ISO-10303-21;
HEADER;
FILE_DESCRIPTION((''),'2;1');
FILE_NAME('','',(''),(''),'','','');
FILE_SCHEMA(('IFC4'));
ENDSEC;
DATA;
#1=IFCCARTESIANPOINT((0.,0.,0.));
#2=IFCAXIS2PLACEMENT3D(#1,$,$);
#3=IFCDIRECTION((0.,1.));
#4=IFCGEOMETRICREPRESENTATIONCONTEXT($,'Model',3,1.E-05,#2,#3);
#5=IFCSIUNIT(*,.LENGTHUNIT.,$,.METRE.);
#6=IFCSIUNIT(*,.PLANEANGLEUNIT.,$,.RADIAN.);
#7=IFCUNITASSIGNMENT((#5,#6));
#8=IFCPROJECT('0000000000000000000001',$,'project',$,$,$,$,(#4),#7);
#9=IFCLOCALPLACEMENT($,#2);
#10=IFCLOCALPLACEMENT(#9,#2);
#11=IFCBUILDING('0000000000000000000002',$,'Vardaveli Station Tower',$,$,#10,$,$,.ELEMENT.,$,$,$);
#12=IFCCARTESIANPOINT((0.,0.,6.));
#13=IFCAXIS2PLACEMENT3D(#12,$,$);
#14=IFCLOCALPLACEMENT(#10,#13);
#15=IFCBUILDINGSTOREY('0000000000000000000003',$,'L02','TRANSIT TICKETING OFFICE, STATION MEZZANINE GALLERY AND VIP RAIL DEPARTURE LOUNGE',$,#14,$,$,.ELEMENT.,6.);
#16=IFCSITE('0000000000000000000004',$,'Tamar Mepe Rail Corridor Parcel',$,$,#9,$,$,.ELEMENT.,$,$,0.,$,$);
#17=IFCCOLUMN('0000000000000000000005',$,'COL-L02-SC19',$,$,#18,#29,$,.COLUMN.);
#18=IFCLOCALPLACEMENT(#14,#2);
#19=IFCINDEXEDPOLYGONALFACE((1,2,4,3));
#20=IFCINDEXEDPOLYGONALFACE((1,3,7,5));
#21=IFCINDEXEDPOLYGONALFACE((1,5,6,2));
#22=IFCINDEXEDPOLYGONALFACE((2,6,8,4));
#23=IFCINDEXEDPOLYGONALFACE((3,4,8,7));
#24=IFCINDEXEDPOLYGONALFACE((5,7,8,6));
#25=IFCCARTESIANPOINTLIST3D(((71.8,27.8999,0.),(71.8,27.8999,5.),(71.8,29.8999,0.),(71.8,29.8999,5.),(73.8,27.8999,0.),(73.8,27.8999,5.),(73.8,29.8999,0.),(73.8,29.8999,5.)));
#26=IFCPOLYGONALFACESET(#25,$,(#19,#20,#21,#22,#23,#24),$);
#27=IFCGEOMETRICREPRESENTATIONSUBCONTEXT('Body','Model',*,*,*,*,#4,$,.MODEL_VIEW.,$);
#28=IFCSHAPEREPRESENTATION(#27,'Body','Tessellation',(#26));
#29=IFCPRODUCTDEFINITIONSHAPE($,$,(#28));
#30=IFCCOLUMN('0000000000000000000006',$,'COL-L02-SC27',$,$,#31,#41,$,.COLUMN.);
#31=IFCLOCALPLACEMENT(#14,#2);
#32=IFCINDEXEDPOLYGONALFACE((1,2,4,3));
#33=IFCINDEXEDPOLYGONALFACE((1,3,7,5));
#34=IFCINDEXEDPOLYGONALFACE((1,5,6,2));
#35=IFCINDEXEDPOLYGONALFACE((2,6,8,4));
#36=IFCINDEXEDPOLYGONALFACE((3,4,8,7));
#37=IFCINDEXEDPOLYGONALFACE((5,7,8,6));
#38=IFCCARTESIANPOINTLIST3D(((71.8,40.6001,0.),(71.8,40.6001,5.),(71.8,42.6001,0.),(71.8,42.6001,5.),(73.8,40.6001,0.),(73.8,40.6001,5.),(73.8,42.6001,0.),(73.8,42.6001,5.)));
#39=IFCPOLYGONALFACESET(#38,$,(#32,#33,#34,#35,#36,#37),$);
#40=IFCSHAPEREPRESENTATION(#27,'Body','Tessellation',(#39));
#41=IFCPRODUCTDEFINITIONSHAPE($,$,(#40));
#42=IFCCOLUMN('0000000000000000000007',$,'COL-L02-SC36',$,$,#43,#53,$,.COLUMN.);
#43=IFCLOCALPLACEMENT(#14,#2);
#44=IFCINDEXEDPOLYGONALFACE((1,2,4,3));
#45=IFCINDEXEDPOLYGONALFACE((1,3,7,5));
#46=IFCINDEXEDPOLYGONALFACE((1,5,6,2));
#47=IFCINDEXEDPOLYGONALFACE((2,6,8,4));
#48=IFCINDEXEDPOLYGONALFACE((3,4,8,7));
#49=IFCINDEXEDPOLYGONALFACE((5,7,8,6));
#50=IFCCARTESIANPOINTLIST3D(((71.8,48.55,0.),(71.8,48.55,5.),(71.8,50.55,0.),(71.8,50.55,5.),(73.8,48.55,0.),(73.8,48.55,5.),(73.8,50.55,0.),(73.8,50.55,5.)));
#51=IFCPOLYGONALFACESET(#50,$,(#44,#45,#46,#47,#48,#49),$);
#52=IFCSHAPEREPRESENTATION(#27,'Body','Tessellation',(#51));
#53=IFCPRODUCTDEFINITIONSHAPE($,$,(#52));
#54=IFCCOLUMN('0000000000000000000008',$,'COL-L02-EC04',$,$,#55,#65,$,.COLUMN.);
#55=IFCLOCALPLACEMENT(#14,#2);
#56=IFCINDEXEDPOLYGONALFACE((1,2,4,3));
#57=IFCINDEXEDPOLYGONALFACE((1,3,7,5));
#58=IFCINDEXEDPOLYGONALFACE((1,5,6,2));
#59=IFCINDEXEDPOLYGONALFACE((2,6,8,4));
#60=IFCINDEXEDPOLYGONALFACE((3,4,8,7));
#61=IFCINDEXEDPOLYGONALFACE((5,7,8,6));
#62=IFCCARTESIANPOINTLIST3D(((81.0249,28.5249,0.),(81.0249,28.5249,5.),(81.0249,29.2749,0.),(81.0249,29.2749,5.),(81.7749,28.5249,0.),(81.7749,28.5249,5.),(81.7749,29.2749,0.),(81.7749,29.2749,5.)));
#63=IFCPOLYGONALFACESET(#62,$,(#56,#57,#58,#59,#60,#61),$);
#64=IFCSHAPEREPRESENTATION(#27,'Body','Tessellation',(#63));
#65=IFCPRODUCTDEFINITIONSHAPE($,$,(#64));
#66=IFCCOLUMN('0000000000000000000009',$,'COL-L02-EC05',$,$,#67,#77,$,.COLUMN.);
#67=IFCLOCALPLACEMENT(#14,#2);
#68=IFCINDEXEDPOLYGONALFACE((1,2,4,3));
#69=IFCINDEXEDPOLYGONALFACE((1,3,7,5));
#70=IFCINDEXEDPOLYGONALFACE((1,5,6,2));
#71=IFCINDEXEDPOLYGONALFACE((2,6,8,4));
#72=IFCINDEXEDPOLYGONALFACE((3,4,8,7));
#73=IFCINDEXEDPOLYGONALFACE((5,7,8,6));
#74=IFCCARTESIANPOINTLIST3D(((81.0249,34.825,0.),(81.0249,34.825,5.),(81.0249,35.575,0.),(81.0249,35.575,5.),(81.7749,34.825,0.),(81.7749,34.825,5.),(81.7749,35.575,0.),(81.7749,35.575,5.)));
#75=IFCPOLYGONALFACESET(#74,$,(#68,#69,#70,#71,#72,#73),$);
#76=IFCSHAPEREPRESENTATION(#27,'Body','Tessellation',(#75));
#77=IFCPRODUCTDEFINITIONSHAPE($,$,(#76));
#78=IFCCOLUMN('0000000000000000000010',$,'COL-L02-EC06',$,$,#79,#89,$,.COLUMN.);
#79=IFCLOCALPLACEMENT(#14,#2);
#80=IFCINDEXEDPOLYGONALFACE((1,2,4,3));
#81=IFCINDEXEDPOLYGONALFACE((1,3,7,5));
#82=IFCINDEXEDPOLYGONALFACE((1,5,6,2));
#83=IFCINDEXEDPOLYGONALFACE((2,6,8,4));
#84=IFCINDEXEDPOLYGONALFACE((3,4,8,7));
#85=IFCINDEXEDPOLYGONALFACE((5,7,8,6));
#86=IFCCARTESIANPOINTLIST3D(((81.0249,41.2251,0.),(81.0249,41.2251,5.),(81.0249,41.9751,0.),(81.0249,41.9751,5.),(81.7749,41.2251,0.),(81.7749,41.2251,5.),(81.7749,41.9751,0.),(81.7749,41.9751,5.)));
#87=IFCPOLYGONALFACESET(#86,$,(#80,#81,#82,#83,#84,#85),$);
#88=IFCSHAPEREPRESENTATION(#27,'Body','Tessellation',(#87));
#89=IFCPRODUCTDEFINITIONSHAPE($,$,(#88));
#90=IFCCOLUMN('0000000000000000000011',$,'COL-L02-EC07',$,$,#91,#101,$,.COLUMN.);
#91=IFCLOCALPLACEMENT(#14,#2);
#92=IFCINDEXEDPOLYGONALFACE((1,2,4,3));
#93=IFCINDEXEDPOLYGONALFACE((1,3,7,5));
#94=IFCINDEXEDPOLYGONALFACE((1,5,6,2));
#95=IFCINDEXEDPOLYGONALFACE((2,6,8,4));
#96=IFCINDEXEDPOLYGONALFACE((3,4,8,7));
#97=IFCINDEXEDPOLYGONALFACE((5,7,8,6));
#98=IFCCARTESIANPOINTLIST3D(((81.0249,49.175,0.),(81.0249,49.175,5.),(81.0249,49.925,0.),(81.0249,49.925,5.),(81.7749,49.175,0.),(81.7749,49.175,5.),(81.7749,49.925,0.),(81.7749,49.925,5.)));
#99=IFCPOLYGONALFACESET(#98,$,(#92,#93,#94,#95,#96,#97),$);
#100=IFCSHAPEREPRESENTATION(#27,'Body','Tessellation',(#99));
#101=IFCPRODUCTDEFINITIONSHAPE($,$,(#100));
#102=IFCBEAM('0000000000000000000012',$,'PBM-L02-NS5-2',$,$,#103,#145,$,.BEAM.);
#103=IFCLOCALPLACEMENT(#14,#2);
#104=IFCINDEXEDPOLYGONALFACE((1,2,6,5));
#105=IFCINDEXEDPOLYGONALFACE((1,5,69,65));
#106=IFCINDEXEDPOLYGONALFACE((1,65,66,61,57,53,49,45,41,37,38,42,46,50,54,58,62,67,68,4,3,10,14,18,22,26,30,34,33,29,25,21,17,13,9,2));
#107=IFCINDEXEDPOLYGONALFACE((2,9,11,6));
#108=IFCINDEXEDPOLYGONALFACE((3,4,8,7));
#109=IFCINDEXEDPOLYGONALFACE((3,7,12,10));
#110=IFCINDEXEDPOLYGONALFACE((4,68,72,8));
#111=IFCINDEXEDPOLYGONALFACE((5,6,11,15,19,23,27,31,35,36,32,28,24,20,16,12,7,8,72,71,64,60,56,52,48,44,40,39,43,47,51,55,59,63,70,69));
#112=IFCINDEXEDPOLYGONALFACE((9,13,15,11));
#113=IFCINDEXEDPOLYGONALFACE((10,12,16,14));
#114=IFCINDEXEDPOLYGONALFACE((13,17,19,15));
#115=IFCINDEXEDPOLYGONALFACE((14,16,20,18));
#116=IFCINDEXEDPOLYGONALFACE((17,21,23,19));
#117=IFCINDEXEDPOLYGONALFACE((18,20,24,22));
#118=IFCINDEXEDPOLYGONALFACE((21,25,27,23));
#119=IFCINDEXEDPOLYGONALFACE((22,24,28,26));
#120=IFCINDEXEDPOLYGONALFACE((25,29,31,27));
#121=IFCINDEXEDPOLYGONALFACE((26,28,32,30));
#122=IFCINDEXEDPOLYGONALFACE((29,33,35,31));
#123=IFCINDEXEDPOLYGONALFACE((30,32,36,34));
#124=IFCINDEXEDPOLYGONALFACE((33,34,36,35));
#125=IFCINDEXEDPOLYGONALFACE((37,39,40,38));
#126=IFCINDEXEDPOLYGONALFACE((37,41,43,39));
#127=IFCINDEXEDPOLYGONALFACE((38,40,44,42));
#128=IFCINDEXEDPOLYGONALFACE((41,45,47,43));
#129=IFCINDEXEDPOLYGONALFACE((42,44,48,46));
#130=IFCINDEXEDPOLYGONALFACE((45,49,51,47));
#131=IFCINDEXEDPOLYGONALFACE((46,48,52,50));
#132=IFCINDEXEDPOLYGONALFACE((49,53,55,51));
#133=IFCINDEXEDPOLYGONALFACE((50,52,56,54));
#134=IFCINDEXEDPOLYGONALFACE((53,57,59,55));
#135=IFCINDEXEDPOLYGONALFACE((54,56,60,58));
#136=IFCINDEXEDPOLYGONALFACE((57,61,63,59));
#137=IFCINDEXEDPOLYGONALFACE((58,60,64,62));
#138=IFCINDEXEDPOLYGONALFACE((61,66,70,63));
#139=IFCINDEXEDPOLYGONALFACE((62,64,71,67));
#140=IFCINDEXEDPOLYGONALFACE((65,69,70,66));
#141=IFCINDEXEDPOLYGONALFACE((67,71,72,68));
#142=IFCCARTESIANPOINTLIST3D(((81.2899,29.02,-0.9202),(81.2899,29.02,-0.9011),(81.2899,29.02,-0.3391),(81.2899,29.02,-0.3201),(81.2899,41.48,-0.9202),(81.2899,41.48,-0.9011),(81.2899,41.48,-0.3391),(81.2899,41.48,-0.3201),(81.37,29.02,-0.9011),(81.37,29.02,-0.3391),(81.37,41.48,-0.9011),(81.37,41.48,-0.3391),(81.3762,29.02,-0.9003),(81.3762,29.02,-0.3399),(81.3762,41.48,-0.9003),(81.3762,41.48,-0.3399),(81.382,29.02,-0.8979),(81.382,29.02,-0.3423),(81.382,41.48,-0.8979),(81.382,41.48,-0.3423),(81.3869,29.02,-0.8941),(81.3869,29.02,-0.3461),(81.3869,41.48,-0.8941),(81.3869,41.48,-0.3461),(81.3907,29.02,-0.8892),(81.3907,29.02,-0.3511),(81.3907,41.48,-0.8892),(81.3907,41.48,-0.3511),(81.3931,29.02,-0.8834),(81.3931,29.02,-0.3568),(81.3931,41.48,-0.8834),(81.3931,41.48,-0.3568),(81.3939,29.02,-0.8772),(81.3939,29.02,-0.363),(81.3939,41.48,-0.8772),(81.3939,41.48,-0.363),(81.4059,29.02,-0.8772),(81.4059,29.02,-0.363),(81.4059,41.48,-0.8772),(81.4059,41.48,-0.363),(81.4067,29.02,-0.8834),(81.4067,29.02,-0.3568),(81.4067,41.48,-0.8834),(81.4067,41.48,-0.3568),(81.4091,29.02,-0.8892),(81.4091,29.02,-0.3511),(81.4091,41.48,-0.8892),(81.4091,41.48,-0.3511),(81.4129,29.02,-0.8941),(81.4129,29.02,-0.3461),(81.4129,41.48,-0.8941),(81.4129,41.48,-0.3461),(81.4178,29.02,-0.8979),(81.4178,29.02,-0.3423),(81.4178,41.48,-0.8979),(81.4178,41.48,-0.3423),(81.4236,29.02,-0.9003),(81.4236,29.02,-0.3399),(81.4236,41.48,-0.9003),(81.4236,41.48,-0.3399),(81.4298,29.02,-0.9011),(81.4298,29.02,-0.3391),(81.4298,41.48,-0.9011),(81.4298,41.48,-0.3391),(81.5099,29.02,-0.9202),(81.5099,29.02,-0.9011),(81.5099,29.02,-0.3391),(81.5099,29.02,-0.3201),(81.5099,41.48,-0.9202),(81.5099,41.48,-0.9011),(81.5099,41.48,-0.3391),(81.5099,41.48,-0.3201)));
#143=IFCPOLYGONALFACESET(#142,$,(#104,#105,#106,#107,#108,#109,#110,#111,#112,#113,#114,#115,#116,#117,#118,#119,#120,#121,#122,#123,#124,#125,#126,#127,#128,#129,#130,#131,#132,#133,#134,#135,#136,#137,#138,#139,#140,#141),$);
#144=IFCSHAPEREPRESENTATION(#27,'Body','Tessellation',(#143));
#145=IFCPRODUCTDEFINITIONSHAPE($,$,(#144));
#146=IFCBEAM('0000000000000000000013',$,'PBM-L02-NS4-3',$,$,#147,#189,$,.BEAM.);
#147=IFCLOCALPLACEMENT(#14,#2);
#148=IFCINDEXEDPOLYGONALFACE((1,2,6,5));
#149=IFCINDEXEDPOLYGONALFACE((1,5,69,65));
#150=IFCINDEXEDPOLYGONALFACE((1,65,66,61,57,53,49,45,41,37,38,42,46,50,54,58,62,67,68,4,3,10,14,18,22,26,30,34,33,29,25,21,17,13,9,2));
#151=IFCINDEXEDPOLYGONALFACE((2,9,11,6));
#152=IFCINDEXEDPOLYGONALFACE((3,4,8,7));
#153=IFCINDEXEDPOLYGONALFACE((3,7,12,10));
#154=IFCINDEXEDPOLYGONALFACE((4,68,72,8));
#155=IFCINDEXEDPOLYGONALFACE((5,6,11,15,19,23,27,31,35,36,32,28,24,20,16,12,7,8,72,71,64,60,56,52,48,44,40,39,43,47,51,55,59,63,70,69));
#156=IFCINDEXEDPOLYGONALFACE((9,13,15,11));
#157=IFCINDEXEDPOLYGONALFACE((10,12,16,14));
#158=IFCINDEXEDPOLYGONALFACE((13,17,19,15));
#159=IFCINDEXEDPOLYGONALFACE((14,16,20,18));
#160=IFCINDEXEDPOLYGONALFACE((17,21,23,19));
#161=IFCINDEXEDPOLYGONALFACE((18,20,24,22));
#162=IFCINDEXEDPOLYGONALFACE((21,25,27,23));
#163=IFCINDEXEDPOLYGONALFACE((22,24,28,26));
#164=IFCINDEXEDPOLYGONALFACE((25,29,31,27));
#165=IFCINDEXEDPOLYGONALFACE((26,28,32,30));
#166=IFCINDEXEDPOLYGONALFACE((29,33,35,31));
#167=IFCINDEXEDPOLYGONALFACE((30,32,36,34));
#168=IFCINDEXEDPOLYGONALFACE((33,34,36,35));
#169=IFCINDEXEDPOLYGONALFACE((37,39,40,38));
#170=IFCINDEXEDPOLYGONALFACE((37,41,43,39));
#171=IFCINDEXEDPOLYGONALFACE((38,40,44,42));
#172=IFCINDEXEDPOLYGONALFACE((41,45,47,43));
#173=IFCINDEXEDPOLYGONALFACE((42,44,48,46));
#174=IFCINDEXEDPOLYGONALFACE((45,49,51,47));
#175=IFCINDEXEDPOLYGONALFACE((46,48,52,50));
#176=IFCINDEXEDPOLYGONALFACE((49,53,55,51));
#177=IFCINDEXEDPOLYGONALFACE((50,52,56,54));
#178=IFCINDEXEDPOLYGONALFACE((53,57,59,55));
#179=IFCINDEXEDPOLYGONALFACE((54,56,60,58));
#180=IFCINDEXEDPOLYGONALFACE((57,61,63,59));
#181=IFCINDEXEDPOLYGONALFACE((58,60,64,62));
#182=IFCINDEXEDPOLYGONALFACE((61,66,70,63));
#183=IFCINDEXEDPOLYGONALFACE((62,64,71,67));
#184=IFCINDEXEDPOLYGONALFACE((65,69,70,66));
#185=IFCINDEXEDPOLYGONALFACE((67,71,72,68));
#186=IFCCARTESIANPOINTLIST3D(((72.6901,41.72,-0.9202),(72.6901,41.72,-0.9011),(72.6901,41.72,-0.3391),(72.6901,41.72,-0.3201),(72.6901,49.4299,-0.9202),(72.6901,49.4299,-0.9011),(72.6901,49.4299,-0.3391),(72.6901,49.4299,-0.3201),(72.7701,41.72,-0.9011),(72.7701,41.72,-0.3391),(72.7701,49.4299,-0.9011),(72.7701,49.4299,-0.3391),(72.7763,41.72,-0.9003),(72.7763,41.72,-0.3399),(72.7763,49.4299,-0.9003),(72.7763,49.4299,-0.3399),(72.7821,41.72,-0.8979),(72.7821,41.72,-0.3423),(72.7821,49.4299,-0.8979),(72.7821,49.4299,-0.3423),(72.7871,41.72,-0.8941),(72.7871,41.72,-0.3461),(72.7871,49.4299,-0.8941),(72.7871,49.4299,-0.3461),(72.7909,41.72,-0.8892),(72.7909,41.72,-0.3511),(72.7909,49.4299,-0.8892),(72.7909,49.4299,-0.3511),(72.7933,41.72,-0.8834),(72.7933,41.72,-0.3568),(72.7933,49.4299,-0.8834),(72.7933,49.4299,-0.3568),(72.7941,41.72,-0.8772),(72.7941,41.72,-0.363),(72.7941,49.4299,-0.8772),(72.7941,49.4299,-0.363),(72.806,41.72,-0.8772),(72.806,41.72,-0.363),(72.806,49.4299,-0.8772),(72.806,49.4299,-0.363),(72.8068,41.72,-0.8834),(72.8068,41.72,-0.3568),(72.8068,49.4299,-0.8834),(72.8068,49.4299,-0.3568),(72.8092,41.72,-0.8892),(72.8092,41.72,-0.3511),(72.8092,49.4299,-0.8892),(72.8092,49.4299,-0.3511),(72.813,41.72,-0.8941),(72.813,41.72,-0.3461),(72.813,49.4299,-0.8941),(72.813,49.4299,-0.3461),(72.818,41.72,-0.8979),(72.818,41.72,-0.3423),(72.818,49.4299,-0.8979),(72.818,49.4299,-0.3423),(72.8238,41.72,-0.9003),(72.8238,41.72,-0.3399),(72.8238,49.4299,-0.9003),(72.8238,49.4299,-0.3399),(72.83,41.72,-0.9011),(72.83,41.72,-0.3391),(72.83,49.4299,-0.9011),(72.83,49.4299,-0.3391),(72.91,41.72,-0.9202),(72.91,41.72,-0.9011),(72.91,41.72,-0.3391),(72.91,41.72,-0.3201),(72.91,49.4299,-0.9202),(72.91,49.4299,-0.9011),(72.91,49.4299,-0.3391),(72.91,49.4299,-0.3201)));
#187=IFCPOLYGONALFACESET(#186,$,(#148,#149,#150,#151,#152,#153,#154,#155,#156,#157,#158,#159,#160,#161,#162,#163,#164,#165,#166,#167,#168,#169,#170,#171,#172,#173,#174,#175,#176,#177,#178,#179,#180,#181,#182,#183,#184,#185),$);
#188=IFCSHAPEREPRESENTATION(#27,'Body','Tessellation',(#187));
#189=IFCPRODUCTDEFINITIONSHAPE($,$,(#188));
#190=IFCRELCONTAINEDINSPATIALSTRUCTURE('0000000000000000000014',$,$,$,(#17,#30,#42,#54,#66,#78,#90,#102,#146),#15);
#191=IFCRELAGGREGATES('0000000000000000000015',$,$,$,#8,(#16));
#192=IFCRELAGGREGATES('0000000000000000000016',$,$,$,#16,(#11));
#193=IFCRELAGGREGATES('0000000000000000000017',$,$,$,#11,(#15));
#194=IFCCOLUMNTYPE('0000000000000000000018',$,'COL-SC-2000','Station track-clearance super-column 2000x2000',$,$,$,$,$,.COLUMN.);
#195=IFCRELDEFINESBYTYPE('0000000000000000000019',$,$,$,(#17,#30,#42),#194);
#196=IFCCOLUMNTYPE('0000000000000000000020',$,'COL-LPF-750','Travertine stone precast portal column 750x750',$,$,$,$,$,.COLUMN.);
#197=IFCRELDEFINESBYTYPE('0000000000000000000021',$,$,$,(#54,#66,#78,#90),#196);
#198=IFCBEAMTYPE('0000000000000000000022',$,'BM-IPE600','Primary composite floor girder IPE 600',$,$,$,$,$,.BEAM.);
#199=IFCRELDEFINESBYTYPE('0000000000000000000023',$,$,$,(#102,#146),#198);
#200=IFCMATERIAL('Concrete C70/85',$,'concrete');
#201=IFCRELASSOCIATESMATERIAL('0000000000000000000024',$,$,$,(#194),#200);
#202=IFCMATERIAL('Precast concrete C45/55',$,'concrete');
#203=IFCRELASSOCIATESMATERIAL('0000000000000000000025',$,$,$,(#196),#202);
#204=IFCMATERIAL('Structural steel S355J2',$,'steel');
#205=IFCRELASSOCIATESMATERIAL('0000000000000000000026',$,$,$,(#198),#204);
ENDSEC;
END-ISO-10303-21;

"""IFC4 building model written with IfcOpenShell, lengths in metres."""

from ifc_helpers import new_model, si_unit, direction, frame, origin, origin_2d, place, context, subcontext, project, spatial, rectangle, i_section, extrude, source, transform, mapped, material, material_profile, profile_set, type_object, element, save


model = new_model("IFC4")

# Units and contexts
model_context = context("Model", 3, precision=1e-05, world=origin(), true_north=direction((0.0, 1.0)))
body_context = subcontext(model_context, "Body", "Model", "MODEL_VIEW")
ifc_project = project(units=[si_unit("LENGTHUNIT", "METRE"), si_unit("PLANEANGLEUNIT", "RADIAN")], contexts=[model_context])

# Site, building, storey
site_placement = place(None, origin())
site = spatial("IfcSite", under=ifc_project, at=site_placement, Name="Tamar Mepe Rail Corridor Parcel", CompositionType="ELEMENT", RefElevation=0.0)
building_placement = place(site_placement, origin())
building = spatial("IfcBuilding", under=site, at=building_placement, Name="Vardaveli Station Tower", CompositionType="ELEMENT")
storey_placement = place(building_placement, frame((0.0, 0.0, 6.0)))
storey = spatial("IfcBuildingStorey", under=building, at=storey_placement, Name="L02", Description="TRANSIT TICKETING OFFICE, STATION MEZZANINE GALLERY AND VIP RAIL DEPARTURE LOUNGE", CompositionType="ELEMENT", Elevation=6.0)

# Columns
ifc_material_1 = material(Name="Concrete C70/85", Category="concrete")
ifc_material_profile_1 = material_profile(ifc_material_1, rectangle(XDim=2.0, YDim=2.0, at=origin_2d()), Name="SC 2000x2000")
ifc_profile_set_1 = profile_set([ifc_material_profile_1], Name="Concrete C70/85")
column_type_1 = type_object("IfcColumnType", Name="COL-SC-2000", Description="Station track-clearance super-column 2000x2000", PredefinedType="COLUMN", material=ifc_profile_set_1)
shared_shape_1 = source(origin(), body_context, "Body", "SweptSolid", [
    extrude(rectangle(XDim=2.0, YDim=2.0, at=origin_2d()), origin(), (0.0, 0.0, 1.0), 5.0),
])
for number, where, z_axis, x_axis, name in (
    (1, (72.8, 28.8999, 0.0), (0.0, 0.0, 1.0), (1.0, 0.0, 0.0), "COL-L02-SC19"),
    (2, (72.8, 41.6001, 0.0), (0.0, 0.0, 1.0), (1.0, 0.0, 0.0), "COL-L02-SC27"),
    (3, (72.8, 49.55, 0.0), (0.0, 0.0, 1.0), (1.0, 0.0, 0.0), "COL-L02-SC36"),
):
    element("IfcColumn", number, at=place(storey_placement, frame(where, z_axis=z_axis, x_axis=x_axis)), inside=storey, type_object=column_type_1, Name=name, PredefinedType="COLUMN", context=body_context, shape_type="MappedRepresentation", body=[
        mapped(shared_shape_1, transform((0.0, 0.0, 0.0), scale=1.0)),
    ])
ifc_material_2 = material(Name="Precast concrete C45/55", Category="concrete")
ifc_material_profile_2 = material_profile(ifc_material_2, rectangle(XDim=0.75, YDim=0.75, at=origin_2d()), Name="LPF 750x750")
ifc_profile_set_2 = profile_set([ifc_material_profile_2], Name="Precast concrete C45/55")
column_type_2 = type_object("IfcColumnType", Name="COL-LPF-750", Description="Travertine stone precast portal column 750x750", PredefinedType="COLUMN", material=ifc_profile_set_2)
shared_shape_2 = source(origin(), body_context, "Body", "SweptSolid", [
    extrude(rectangle(XDim=0.75, YDim=0.75, at=origin_2d()), origin(), (0.0, 0.0, 1.0), 5.0),
])
for number, where, z_axis, x_axis, name in (
    (4, (81.3999, 28.8999, 0.0), (0.0, 0.0, 1.0), (1.0, 0.0, 0.0), "COL-L02-EC04"),
    (5, (81.3999, 35.2, 0.0), (0.0, 0.0, 1.0), (1.0, 0.0, 0.0), "COL-L02-EC05"),
    (6, (81.3999, 41.6001, 0.0), (0.0, 0.0, 1.0), (1.0, 0.0, 0.0), "COL-L02-EC06"),
    (7, (81.3999, 49.55, 0.0), (0.0, 0.0, 1.0), (1.0, 0.0, 0.0), "COL-L02-EC07"),
):
    element("IfcColumn", number, at=place(storey_placement, frame(where, z_axis=z_axis, x_axis=x_axis)), inside=storey, type_object=column_type_2, Name=name, PredefinedType="COLUMN", context=body_context, shape_type="MappedRepresentation", body=[
        mapped(shared_shape_2, transform((0.0, 0.0, 0.0), scale=1.0)),
    ])

# Beams
ifc_material_3 = material(Name="Structural steel S355J2", Category="steel")
ifc_material_profile_3 = material_profile(ifc_material_3, i_section(OverallWidth=0.22, OverallDepth=0.6001, WebThickness=0.012, FlangeThickness=0.019, FilletRadius=0.0239, at=origin_2d()), Name="IPE 600")
ifc_profile_set_3 = profile_set([ifc_material_profile_3], Name="Structural steel S355J2")
beam_type_1 = type_object("IfcBeamType", Name="BM-IPE600", Description="Primary composite floor girder IPE 600", PredefinedType="BEAM", material=ifc_profile_set_3)
shared_shape_3 = source(origin(), body_context, "Body", "SweptSolid", [
    extrude(i_section(OverallWidth=0.22, OverallDepth=0.6001, WebThickness=0.012, FlangeThickness=0.019, FilletRadius=0.0239, at=origin_2d()), origin(), (0.0, 0.0, 1.0), 12.46),
])
beam_1_placement = place(storey_placement, frame((81.3999, 29.02, -0.6201), z_axis=(0.0, 1.0, 0.0), x_axis=(-1.0, 0.0, 0.0)))
element("IfcBeam", 8, at=beam_1_placement, inside=storey, type_object=beam_type_1, Name="PBM-L02-NS5-2", PredefinedType="BEAM", context=body_context, shape_type="MappedRepresentation", body=[
    mapped(shared_shape_3, transform((0.0, 0.0, 0.0), scale=1.0)),
])
shared_shape_4 = source(origin(), body_context, "Body", "SweptSolid", [
    extrude(i_section(OverallWidth=0.22, OverallDepth=0.6001, WebThickness=0.012, FlangeThickness=0.019, FilletRadius=0.0239, at=origin_2d()), origin(), (0.0, 0.0, 1.0), 7.71),
])
for number, where, z_axis, x_axis, name in (
    (9, (72.8, 41.72, -0.6201), (0.0, 1.0, 0.0), (-1.0, 0.0, 0.0), "PBM-L02-NS4-3"),
):
    element("IfcBeam", number, at=place(storey_placement, frame(where, z_axis=z_axis, x_axis=x_axis)), inside=storey, type_object=beam_type_1, Name=name, PredefinedType="BEAM", context=body_context, shape_type="MappedRepresentation", body=[
        mapped(shared_shape_4, transform((0.0, 0.0, 0.0), scale=1.0)),
    ])

save(model, "model.ifc")
